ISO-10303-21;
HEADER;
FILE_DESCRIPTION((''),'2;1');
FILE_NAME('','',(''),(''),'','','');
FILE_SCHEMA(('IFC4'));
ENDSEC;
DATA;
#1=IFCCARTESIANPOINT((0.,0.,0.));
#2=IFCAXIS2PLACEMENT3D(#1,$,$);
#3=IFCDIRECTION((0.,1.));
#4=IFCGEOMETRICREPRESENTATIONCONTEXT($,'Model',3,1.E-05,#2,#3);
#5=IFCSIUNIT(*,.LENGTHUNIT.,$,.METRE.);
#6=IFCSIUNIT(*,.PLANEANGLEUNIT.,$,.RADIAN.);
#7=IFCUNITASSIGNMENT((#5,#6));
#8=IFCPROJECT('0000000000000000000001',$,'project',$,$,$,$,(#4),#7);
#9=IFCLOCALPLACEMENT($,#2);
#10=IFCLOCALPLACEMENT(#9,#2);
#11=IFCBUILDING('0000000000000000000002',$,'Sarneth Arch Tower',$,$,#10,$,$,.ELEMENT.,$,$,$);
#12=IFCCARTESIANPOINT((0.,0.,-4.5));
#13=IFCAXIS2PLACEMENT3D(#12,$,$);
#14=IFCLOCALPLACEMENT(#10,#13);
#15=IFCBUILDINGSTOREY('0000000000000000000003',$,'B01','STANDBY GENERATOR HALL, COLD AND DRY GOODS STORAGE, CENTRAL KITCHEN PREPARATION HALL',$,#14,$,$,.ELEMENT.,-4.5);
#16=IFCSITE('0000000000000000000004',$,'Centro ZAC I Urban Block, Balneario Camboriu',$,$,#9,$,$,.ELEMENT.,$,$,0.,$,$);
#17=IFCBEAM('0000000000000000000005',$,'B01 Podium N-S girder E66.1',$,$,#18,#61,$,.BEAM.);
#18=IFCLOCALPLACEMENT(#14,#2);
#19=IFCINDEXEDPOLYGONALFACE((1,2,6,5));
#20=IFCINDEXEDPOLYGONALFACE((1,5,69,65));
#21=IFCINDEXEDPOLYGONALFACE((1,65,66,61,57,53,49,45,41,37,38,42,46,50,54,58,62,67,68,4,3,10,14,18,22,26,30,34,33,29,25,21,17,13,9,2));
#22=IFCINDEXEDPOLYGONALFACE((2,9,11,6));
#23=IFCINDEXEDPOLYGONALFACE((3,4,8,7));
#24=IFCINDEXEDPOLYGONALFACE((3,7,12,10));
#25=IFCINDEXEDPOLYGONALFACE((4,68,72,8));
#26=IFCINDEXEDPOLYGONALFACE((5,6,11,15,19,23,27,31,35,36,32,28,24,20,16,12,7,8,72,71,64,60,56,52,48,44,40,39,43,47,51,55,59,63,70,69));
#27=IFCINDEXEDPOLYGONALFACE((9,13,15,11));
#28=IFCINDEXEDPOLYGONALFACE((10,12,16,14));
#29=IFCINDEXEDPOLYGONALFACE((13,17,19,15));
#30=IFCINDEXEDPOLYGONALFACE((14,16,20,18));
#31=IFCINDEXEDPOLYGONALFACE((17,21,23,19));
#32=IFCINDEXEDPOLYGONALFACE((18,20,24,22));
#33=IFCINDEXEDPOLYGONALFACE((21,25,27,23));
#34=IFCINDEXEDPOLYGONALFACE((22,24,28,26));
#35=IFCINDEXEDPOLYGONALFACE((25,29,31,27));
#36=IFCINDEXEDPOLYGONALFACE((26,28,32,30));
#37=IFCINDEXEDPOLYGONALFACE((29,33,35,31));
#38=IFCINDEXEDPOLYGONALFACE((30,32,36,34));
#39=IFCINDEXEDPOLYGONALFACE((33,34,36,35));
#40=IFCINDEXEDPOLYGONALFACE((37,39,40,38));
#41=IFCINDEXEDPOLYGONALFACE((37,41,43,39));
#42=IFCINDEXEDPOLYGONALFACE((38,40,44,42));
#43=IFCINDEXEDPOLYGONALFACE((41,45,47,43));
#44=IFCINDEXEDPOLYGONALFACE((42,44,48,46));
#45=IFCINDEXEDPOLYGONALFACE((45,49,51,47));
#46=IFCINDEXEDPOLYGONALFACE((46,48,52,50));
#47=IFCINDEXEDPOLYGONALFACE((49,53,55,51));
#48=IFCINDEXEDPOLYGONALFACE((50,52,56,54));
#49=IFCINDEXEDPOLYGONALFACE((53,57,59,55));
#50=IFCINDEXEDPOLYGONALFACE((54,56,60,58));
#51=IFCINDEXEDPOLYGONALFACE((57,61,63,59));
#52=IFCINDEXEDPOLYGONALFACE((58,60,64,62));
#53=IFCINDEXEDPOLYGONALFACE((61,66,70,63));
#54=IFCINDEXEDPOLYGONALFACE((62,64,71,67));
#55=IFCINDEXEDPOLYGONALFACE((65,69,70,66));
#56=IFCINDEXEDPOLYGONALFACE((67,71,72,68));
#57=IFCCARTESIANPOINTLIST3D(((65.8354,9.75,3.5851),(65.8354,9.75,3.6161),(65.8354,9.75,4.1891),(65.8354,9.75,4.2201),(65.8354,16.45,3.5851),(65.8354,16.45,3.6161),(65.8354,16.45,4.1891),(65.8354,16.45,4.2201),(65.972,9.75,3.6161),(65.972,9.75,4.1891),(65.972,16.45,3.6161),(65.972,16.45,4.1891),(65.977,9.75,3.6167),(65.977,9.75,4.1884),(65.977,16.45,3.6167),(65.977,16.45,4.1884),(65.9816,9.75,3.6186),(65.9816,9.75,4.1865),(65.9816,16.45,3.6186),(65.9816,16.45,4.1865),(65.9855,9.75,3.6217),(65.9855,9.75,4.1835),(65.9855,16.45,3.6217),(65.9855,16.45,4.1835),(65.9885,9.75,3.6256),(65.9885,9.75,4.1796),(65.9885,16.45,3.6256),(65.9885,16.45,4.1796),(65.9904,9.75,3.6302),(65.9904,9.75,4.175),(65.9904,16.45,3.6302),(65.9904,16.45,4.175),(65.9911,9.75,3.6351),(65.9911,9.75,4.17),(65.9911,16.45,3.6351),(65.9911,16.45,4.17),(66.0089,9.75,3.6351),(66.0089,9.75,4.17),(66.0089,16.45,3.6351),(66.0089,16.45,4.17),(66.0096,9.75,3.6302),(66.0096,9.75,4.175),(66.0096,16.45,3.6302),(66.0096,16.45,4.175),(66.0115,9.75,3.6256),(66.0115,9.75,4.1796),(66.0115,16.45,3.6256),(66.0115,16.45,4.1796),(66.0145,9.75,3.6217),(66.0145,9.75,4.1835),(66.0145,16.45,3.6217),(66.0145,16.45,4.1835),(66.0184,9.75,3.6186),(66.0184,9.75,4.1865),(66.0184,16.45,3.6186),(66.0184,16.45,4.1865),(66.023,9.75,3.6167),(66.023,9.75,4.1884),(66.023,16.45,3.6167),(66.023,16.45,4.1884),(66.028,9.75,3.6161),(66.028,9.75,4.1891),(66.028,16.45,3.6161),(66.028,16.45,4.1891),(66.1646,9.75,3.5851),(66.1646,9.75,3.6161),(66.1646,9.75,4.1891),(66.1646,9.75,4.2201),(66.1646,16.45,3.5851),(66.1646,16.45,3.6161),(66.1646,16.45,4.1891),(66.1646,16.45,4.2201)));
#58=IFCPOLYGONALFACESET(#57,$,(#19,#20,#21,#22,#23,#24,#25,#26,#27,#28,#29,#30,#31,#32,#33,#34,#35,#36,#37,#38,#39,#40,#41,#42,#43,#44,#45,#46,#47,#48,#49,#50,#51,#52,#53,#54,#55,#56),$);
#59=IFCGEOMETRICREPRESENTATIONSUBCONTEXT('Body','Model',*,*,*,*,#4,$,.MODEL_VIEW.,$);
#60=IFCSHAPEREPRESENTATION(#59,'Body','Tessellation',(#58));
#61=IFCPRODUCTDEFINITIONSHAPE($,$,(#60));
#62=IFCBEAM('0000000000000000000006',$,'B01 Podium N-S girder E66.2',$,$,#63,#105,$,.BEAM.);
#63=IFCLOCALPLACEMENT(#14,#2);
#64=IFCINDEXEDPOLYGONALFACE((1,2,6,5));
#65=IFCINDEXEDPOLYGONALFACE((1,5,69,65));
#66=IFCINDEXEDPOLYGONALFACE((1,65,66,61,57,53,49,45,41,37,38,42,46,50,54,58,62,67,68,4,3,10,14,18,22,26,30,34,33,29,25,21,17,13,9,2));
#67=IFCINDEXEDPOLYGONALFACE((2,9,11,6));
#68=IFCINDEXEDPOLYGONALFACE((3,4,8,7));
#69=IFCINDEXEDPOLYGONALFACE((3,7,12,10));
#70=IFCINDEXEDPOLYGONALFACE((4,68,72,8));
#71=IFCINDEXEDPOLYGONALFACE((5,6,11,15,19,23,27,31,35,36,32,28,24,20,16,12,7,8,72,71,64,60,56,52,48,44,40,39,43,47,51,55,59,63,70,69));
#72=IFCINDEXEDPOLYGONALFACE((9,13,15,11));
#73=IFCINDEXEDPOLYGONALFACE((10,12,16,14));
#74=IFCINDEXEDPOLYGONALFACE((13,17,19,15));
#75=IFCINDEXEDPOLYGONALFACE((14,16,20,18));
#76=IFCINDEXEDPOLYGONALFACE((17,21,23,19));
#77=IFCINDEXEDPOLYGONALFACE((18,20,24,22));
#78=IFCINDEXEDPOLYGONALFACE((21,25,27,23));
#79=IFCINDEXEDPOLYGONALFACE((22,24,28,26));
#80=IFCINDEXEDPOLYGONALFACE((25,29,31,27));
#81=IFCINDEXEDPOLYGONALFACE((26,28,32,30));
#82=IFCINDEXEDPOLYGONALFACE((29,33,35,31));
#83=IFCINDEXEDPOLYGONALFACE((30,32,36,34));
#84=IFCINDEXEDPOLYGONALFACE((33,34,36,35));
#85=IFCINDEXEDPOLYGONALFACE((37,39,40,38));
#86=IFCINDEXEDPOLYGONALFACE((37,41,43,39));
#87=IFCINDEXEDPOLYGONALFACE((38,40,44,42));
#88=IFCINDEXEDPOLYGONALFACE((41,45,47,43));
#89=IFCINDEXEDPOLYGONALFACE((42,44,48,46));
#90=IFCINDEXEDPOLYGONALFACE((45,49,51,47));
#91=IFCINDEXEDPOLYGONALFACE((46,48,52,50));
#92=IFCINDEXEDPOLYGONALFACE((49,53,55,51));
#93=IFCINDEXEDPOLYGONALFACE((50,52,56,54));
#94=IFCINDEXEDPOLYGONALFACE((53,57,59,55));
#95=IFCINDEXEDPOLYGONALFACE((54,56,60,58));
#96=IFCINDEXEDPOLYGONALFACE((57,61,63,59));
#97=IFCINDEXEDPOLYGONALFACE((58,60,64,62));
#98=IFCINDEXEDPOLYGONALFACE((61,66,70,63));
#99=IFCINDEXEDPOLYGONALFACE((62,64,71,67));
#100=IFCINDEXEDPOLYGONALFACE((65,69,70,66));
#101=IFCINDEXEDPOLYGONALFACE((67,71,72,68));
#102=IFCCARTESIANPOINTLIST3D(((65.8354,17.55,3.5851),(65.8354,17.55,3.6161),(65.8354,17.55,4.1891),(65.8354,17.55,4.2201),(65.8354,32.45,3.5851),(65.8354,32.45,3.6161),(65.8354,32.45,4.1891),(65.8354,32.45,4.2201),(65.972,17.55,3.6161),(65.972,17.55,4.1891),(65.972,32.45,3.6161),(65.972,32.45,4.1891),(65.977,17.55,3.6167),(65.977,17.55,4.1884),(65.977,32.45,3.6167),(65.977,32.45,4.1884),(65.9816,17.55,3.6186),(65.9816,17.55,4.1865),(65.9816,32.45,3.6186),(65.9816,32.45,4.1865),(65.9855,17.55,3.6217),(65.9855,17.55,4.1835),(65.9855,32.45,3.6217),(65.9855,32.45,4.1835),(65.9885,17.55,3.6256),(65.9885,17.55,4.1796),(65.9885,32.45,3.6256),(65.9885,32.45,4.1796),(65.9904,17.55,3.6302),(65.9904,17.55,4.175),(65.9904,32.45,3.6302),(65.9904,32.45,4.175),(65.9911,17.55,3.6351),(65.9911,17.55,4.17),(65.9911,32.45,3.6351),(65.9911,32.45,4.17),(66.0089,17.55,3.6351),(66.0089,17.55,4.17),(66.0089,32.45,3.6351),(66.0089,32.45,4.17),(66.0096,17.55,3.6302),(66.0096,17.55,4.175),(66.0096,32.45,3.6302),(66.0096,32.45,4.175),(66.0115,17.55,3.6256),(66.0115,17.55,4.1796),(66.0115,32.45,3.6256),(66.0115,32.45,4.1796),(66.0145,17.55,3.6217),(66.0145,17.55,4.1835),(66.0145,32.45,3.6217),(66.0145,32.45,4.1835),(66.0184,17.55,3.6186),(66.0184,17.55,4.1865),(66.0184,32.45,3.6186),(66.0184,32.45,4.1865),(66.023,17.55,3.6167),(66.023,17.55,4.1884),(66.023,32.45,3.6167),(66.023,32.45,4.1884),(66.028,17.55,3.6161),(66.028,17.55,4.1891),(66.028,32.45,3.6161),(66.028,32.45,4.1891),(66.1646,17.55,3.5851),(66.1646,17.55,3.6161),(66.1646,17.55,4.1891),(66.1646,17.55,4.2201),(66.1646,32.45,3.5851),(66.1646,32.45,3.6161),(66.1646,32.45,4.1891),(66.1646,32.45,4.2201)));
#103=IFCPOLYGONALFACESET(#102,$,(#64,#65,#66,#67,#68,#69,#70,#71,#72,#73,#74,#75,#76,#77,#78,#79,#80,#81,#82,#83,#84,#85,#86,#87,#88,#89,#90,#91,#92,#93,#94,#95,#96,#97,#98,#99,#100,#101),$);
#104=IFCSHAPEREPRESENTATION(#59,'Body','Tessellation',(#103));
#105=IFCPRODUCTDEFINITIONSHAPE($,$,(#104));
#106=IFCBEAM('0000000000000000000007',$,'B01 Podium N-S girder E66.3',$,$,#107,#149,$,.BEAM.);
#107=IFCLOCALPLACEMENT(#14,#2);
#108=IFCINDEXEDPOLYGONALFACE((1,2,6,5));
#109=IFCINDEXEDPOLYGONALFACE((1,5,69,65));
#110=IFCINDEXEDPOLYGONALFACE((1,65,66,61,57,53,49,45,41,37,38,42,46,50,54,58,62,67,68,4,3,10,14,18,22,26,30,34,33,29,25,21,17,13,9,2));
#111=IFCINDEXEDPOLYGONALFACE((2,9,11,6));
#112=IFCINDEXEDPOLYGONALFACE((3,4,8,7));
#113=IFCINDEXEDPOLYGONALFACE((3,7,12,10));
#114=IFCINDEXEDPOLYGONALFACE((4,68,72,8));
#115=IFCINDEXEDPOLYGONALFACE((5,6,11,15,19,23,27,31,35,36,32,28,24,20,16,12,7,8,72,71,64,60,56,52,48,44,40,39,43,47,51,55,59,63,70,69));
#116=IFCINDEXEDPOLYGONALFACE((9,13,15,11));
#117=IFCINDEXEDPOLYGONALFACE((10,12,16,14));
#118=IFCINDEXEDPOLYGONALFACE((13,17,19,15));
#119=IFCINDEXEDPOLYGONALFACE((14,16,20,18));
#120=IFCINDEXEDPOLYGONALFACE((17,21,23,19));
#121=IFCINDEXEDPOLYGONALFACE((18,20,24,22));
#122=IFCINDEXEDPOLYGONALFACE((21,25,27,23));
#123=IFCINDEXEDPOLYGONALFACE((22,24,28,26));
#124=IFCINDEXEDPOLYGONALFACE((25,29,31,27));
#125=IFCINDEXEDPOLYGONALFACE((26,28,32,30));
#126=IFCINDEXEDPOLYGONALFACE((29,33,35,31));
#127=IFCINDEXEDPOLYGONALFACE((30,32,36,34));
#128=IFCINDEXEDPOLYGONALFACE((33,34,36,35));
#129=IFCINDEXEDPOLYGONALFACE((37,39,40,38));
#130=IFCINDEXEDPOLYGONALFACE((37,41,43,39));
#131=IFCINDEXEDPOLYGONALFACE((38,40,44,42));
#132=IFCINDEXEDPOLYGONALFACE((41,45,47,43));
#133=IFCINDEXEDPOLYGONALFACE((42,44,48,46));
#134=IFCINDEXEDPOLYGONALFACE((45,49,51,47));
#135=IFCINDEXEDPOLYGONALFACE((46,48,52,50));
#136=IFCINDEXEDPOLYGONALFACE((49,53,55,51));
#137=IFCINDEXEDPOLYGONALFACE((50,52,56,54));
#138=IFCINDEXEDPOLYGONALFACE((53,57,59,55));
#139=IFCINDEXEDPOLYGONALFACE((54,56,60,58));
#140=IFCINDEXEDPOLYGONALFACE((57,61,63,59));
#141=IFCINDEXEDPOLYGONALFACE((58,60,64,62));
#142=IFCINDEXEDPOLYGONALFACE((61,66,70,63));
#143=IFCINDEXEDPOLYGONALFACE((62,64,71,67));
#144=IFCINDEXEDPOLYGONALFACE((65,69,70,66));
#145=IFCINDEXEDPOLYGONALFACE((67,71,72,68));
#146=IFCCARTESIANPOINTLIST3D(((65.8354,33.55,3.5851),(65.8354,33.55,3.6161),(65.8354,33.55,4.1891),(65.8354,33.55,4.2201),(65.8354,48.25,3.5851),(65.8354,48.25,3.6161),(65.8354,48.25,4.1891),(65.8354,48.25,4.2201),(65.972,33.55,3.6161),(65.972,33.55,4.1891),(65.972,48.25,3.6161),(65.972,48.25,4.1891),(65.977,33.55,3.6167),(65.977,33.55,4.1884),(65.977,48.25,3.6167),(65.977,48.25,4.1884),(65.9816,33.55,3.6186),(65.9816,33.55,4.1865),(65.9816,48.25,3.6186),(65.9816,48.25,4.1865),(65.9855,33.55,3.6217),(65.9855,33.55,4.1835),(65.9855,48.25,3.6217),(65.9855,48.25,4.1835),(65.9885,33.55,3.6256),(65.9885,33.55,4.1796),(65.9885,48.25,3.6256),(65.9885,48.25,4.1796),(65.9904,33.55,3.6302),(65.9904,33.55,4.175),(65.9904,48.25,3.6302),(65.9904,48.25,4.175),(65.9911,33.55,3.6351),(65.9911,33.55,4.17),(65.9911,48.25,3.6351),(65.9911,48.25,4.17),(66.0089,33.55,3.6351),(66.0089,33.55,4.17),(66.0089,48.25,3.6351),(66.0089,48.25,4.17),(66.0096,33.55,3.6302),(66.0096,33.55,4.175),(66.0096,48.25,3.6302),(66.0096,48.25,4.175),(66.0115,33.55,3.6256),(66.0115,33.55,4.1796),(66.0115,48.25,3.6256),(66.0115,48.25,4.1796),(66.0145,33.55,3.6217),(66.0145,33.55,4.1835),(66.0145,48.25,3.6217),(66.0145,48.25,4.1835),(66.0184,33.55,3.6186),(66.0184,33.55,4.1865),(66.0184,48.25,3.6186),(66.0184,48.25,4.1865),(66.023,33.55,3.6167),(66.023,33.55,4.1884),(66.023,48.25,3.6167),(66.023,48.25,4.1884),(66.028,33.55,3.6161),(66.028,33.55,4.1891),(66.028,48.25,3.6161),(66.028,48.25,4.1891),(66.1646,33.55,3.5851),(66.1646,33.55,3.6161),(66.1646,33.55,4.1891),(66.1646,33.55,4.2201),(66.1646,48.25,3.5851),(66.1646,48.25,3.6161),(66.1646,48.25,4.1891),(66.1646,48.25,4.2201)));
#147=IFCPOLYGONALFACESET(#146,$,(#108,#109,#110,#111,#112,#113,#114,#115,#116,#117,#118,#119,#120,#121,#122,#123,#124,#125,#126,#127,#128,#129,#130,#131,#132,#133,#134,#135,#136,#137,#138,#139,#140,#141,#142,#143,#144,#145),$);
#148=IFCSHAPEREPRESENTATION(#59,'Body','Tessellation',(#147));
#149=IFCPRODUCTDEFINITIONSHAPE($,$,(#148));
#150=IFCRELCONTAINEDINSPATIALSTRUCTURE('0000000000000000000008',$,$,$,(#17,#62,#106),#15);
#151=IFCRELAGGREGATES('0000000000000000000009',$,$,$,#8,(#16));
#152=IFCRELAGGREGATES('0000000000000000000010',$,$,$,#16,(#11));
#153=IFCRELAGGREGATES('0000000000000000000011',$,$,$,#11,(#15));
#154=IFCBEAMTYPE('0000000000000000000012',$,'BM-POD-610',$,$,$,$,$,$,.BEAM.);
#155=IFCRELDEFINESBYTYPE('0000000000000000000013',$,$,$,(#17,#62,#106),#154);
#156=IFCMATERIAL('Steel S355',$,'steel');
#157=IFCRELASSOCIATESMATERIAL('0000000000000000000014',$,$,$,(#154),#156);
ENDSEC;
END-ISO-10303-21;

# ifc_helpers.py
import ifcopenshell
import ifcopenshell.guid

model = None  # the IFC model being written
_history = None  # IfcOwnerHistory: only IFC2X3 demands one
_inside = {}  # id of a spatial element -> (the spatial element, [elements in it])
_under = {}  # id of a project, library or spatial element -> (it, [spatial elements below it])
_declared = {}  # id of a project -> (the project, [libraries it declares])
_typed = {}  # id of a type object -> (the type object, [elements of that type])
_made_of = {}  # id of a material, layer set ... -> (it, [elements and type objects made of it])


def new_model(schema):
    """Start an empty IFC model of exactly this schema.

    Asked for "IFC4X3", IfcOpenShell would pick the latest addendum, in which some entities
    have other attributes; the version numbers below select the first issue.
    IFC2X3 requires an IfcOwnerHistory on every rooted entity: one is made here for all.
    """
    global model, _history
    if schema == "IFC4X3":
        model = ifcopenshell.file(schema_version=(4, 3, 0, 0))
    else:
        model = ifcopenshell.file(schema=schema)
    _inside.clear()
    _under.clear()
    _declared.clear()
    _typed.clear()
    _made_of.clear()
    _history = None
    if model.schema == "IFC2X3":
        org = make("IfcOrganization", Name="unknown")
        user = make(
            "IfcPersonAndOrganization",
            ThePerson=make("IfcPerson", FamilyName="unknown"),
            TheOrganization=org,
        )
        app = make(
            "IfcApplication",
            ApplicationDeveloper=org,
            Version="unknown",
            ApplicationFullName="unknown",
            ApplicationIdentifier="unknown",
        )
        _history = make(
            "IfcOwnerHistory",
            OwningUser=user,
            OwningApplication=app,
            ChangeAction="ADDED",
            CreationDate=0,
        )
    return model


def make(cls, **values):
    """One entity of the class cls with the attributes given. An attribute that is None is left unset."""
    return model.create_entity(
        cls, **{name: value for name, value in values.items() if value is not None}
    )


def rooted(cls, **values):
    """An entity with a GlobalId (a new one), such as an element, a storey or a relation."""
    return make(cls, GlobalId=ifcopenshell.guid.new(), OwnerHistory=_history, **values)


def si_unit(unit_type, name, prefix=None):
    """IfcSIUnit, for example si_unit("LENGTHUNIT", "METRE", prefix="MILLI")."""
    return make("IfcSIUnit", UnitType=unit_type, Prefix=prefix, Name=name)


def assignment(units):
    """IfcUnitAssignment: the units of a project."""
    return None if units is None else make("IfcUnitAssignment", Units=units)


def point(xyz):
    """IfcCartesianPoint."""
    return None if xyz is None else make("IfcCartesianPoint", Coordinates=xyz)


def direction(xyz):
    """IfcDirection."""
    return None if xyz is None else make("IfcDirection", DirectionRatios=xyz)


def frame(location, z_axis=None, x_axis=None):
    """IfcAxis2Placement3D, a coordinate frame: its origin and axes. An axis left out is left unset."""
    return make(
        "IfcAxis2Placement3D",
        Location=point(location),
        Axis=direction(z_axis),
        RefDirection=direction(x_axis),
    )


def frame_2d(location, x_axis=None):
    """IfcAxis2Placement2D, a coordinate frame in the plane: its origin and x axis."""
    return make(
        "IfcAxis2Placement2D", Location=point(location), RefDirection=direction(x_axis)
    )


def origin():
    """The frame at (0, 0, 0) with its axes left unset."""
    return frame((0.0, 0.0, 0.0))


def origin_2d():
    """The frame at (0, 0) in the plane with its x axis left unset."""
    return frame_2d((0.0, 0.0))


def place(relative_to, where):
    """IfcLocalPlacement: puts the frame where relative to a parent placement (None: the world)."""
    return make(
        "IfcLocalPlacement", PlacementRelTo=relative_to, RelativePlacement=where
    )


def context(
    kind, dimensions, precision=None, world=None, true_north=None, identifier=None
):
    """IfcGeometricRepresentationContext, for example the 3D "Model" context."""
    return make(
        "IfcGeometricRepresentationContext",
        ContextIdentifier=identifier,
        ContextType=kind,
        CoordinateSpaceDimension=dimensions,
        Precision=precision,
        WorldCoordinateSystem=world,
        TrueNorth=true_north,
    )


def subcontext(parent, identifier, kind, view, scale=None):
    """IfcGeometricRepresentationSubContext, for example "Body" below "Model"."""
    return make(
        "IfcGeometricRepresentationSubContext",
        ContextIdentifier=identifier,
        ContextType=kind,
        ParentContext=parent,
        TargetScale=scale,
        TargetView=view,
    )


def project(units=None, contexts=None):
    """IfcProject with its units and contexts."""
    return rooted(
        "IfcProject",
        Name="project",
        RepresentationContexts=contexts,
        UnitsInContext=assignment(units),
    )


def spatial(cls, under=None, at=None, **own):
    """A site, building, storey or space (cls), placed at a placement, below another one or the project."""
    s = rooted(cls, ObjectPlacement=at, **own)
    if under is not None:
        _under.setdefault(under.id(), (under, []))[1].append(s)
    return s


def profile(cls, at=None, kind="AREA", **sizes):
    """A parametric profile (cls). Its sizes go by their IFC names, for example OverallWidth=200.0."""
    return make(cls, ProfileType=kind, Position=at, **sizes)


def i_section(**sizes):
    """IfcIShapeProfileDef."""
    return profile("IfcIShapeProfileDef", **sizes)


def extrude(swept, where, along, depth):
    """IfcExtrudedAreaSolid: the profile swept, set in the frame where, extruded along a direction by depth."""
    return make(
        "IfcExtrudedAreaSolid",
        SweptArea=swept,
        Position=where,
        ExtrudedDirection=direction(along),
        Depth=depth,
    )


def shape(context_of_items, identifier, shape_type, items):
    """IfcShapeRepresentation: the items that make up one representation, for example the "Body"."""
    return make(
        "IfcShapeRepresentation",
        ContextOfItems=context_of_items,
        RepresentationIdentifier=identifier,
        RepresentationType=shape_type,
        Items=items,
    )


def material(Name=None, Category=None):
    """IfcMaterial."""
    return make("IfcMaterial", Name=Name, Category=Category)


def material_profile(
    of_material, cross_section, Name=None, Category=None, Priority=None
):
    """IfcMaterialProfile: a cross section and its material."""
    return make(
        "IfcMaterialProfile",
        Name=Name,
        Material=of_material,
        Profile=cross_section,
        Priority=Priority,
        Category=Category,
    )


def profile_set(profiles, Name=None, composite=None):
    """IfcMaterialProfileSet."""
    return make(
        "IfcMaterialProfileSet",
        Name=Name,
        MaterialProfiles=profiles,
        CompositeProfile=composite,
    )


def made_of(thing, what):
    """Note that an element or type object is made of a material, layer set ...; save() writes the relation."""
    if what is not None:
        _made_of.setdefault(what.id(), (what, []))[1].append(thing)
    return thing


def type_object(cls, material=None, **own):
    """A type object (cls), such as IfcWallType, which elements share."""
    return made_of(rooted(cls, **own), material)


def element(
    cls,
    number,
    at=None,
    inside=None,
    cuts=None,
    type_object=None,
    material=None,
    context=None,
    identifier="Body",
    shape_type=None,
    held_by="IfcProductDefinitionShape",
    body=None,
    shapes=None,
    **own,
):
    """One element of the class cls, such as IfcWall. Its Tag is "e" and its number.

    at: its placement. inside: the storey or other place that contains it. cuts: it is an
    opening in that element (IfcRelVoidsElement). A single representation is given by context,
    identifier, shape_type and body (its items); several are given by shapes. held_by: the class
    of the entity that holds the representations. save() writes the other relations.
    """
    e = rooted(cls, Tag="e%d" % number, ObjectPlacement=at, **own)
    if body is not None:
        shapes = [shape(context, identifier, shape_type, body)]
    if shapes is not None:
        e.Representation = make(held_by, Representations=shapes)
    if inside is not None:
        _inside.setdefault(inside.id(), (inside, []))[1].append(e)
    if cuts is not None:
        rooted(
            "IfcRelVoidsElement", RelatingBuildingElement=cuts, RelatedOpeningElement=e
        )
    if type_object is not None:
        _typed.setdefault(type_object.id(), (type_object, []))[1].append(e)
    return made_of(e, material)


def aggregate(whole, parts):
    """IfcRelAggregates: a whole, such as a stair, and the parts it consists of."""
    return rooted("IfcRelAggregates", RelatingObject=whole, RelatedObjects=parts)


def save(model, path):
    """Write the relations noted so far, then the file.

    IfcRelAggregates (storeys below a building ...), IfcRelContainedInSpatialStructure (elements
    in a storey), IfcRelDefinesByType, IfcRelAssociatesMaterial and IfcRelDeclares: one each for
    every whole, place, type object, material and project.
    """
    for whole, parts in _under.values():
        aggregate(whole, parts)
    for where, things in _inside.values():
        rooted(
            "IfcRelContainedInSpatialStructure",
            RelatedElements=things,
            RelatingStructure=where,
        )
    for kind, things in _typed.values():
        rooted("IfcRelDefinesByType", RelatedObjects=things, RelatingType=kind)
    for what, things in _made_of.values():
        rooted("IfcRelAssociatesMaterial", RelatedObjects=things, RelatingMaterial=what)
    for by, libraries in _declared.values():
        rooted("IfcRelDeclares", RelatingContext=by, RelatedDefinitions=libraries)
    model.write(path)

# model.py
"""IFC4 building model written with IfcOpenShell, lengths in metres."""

from ifc_helpers import new_model, si_unit, direction, frame, origin, origin_2d, place, context, subcontext, project, spatial, i_section, extrude, material, material_profile, profile_set, type_object, element, save


model = new_model("IFC4")

# Units and contexts
model_context = context("Model", 3, precision=1e-05, world=origin(), true_north=direction((0.0, 1.0)))
body_context = subcontext(model_context, "Body", "Model", "MODEL_VIEW")
ifc_project = project(units=[si_unit("LENGTHUNIT", "METRE"), si_unit("PLANEANGLEUNIT", "RADIAN")], contexts=[model_context])

# Site, building, storey
site_placement = place(None, origin())
site = spatial("IfcSite", under=ifc_project, at=site_placement, Name="Centro ZAC I Urban Block, Balneario Camboriu", CompositionType="ELEMENT", RefElevation=0.0)
building_placement = place(site_placement, origin())
building = spatial("IfcBuilding", under=site, at=building_placement, Name="Sarneth Arch Tower", CompositionType="ELEMENT")
storey_placement = place(building_placement, frame((0.0, 0.0, -4.5)))
storey = spatial("IfcBuildingStorey", under=building, at=storey_placement, Name="B01", Description="STANDBY GENERATOR HALL, COLD AND DRY GOODS STORAGE, CENTRAL KITCHEN PREPARATION HALL", CompositionType="ELEMENT", Elevation=-4.5)

# Beams
ifc_material_1 = material(Name="Steel S355", Category="steel")
ifc_material_profile_1 = material_profile(ifc_material_1, i_section(OverallWidth=0.3291, OverallDepth=0.635, WebThickness=0.0178, FlangeThickness=0.031, FilletRadius=0.019, at=origin_2d()), Name="W610x241")
ifc_profile_set_1 = profile_set([ifc_material_profile_1], Name="Steel S355")
beam_type = type_object("IfcBeamType", Name="BM-POD-610", PredefinedType="BEAM", material=ifc_profile_set_1)
beam_1_placement = place(storey_placement, frame((66.0, 9.75, 3.9026), z_axis=(0.0, 1.0, 0.0), x_axis=(-1.0, 0.0, 0.0)))
element("IfcBeam", 1, at=beam_1_placement, inside=storey, type_object=beam_type, Name="B01 Podium N-S girder E66.1", PredefinedType="BEAM", context=body_context, shape_type="SweptSolid", body=[
    extrude(i_section(OverallWidth=0.3291, OverallDepth=0.635, WebThickness=0.0178, FlangeThickness=0.031, FilletRadius=0.019, at=origin_2d()), origin(), (0.0, 0.0, 1.0), 6.7),
])
beam_2_placement = place(storey_placement, frame((66.0, 17.55, 3.9026), z_axis=(0.0, 1.0, 0.0), x_axis=(-1.0, 0.0, 0.0)))
element("IfcBeam", 2, at=beam_2_placement, inside=storey, type_object=beam_type, Name="B01 Podium N-S girder E66.2", PredefinedType="BEAM", context=body_context, shape_type="SweptSolid", body=[
    extrude(i_section(OverallWidth=0.3291, OverallDepth=0.635, WebThickness=0.0178, FlangeThickness=0.031, FilletRadius=0.019, at=origin_2d()), origin(), (0.0, 0.0, 1.0), 14.8999),
])
beam_3_placement = place(storey_placement, frame((66.0, 33.55, 3.9026), z_axis=(0.0, 1.0, 0.0), x_axis=(-1.0, 0.0, 0.0)))
element("IfcBeam", 3, at=beam_3_placement, inside=storey, type_object=beam_type, Name="B01 Podium N-S girder E66.3", PredefinedType="BEAM", context=body_context, shape_type="SweptSolid", body=[
    extrude(i_section(OverallWidth=0.3291, OverallDepth=0.635, WebThickness=0.0178, FlangeThickness=0.031, FilletRadius=0.019, at=origin_2d()), origin(), (0.0, 0.0, 1.0), 14.7),
])

save(model, "model.ifc")
